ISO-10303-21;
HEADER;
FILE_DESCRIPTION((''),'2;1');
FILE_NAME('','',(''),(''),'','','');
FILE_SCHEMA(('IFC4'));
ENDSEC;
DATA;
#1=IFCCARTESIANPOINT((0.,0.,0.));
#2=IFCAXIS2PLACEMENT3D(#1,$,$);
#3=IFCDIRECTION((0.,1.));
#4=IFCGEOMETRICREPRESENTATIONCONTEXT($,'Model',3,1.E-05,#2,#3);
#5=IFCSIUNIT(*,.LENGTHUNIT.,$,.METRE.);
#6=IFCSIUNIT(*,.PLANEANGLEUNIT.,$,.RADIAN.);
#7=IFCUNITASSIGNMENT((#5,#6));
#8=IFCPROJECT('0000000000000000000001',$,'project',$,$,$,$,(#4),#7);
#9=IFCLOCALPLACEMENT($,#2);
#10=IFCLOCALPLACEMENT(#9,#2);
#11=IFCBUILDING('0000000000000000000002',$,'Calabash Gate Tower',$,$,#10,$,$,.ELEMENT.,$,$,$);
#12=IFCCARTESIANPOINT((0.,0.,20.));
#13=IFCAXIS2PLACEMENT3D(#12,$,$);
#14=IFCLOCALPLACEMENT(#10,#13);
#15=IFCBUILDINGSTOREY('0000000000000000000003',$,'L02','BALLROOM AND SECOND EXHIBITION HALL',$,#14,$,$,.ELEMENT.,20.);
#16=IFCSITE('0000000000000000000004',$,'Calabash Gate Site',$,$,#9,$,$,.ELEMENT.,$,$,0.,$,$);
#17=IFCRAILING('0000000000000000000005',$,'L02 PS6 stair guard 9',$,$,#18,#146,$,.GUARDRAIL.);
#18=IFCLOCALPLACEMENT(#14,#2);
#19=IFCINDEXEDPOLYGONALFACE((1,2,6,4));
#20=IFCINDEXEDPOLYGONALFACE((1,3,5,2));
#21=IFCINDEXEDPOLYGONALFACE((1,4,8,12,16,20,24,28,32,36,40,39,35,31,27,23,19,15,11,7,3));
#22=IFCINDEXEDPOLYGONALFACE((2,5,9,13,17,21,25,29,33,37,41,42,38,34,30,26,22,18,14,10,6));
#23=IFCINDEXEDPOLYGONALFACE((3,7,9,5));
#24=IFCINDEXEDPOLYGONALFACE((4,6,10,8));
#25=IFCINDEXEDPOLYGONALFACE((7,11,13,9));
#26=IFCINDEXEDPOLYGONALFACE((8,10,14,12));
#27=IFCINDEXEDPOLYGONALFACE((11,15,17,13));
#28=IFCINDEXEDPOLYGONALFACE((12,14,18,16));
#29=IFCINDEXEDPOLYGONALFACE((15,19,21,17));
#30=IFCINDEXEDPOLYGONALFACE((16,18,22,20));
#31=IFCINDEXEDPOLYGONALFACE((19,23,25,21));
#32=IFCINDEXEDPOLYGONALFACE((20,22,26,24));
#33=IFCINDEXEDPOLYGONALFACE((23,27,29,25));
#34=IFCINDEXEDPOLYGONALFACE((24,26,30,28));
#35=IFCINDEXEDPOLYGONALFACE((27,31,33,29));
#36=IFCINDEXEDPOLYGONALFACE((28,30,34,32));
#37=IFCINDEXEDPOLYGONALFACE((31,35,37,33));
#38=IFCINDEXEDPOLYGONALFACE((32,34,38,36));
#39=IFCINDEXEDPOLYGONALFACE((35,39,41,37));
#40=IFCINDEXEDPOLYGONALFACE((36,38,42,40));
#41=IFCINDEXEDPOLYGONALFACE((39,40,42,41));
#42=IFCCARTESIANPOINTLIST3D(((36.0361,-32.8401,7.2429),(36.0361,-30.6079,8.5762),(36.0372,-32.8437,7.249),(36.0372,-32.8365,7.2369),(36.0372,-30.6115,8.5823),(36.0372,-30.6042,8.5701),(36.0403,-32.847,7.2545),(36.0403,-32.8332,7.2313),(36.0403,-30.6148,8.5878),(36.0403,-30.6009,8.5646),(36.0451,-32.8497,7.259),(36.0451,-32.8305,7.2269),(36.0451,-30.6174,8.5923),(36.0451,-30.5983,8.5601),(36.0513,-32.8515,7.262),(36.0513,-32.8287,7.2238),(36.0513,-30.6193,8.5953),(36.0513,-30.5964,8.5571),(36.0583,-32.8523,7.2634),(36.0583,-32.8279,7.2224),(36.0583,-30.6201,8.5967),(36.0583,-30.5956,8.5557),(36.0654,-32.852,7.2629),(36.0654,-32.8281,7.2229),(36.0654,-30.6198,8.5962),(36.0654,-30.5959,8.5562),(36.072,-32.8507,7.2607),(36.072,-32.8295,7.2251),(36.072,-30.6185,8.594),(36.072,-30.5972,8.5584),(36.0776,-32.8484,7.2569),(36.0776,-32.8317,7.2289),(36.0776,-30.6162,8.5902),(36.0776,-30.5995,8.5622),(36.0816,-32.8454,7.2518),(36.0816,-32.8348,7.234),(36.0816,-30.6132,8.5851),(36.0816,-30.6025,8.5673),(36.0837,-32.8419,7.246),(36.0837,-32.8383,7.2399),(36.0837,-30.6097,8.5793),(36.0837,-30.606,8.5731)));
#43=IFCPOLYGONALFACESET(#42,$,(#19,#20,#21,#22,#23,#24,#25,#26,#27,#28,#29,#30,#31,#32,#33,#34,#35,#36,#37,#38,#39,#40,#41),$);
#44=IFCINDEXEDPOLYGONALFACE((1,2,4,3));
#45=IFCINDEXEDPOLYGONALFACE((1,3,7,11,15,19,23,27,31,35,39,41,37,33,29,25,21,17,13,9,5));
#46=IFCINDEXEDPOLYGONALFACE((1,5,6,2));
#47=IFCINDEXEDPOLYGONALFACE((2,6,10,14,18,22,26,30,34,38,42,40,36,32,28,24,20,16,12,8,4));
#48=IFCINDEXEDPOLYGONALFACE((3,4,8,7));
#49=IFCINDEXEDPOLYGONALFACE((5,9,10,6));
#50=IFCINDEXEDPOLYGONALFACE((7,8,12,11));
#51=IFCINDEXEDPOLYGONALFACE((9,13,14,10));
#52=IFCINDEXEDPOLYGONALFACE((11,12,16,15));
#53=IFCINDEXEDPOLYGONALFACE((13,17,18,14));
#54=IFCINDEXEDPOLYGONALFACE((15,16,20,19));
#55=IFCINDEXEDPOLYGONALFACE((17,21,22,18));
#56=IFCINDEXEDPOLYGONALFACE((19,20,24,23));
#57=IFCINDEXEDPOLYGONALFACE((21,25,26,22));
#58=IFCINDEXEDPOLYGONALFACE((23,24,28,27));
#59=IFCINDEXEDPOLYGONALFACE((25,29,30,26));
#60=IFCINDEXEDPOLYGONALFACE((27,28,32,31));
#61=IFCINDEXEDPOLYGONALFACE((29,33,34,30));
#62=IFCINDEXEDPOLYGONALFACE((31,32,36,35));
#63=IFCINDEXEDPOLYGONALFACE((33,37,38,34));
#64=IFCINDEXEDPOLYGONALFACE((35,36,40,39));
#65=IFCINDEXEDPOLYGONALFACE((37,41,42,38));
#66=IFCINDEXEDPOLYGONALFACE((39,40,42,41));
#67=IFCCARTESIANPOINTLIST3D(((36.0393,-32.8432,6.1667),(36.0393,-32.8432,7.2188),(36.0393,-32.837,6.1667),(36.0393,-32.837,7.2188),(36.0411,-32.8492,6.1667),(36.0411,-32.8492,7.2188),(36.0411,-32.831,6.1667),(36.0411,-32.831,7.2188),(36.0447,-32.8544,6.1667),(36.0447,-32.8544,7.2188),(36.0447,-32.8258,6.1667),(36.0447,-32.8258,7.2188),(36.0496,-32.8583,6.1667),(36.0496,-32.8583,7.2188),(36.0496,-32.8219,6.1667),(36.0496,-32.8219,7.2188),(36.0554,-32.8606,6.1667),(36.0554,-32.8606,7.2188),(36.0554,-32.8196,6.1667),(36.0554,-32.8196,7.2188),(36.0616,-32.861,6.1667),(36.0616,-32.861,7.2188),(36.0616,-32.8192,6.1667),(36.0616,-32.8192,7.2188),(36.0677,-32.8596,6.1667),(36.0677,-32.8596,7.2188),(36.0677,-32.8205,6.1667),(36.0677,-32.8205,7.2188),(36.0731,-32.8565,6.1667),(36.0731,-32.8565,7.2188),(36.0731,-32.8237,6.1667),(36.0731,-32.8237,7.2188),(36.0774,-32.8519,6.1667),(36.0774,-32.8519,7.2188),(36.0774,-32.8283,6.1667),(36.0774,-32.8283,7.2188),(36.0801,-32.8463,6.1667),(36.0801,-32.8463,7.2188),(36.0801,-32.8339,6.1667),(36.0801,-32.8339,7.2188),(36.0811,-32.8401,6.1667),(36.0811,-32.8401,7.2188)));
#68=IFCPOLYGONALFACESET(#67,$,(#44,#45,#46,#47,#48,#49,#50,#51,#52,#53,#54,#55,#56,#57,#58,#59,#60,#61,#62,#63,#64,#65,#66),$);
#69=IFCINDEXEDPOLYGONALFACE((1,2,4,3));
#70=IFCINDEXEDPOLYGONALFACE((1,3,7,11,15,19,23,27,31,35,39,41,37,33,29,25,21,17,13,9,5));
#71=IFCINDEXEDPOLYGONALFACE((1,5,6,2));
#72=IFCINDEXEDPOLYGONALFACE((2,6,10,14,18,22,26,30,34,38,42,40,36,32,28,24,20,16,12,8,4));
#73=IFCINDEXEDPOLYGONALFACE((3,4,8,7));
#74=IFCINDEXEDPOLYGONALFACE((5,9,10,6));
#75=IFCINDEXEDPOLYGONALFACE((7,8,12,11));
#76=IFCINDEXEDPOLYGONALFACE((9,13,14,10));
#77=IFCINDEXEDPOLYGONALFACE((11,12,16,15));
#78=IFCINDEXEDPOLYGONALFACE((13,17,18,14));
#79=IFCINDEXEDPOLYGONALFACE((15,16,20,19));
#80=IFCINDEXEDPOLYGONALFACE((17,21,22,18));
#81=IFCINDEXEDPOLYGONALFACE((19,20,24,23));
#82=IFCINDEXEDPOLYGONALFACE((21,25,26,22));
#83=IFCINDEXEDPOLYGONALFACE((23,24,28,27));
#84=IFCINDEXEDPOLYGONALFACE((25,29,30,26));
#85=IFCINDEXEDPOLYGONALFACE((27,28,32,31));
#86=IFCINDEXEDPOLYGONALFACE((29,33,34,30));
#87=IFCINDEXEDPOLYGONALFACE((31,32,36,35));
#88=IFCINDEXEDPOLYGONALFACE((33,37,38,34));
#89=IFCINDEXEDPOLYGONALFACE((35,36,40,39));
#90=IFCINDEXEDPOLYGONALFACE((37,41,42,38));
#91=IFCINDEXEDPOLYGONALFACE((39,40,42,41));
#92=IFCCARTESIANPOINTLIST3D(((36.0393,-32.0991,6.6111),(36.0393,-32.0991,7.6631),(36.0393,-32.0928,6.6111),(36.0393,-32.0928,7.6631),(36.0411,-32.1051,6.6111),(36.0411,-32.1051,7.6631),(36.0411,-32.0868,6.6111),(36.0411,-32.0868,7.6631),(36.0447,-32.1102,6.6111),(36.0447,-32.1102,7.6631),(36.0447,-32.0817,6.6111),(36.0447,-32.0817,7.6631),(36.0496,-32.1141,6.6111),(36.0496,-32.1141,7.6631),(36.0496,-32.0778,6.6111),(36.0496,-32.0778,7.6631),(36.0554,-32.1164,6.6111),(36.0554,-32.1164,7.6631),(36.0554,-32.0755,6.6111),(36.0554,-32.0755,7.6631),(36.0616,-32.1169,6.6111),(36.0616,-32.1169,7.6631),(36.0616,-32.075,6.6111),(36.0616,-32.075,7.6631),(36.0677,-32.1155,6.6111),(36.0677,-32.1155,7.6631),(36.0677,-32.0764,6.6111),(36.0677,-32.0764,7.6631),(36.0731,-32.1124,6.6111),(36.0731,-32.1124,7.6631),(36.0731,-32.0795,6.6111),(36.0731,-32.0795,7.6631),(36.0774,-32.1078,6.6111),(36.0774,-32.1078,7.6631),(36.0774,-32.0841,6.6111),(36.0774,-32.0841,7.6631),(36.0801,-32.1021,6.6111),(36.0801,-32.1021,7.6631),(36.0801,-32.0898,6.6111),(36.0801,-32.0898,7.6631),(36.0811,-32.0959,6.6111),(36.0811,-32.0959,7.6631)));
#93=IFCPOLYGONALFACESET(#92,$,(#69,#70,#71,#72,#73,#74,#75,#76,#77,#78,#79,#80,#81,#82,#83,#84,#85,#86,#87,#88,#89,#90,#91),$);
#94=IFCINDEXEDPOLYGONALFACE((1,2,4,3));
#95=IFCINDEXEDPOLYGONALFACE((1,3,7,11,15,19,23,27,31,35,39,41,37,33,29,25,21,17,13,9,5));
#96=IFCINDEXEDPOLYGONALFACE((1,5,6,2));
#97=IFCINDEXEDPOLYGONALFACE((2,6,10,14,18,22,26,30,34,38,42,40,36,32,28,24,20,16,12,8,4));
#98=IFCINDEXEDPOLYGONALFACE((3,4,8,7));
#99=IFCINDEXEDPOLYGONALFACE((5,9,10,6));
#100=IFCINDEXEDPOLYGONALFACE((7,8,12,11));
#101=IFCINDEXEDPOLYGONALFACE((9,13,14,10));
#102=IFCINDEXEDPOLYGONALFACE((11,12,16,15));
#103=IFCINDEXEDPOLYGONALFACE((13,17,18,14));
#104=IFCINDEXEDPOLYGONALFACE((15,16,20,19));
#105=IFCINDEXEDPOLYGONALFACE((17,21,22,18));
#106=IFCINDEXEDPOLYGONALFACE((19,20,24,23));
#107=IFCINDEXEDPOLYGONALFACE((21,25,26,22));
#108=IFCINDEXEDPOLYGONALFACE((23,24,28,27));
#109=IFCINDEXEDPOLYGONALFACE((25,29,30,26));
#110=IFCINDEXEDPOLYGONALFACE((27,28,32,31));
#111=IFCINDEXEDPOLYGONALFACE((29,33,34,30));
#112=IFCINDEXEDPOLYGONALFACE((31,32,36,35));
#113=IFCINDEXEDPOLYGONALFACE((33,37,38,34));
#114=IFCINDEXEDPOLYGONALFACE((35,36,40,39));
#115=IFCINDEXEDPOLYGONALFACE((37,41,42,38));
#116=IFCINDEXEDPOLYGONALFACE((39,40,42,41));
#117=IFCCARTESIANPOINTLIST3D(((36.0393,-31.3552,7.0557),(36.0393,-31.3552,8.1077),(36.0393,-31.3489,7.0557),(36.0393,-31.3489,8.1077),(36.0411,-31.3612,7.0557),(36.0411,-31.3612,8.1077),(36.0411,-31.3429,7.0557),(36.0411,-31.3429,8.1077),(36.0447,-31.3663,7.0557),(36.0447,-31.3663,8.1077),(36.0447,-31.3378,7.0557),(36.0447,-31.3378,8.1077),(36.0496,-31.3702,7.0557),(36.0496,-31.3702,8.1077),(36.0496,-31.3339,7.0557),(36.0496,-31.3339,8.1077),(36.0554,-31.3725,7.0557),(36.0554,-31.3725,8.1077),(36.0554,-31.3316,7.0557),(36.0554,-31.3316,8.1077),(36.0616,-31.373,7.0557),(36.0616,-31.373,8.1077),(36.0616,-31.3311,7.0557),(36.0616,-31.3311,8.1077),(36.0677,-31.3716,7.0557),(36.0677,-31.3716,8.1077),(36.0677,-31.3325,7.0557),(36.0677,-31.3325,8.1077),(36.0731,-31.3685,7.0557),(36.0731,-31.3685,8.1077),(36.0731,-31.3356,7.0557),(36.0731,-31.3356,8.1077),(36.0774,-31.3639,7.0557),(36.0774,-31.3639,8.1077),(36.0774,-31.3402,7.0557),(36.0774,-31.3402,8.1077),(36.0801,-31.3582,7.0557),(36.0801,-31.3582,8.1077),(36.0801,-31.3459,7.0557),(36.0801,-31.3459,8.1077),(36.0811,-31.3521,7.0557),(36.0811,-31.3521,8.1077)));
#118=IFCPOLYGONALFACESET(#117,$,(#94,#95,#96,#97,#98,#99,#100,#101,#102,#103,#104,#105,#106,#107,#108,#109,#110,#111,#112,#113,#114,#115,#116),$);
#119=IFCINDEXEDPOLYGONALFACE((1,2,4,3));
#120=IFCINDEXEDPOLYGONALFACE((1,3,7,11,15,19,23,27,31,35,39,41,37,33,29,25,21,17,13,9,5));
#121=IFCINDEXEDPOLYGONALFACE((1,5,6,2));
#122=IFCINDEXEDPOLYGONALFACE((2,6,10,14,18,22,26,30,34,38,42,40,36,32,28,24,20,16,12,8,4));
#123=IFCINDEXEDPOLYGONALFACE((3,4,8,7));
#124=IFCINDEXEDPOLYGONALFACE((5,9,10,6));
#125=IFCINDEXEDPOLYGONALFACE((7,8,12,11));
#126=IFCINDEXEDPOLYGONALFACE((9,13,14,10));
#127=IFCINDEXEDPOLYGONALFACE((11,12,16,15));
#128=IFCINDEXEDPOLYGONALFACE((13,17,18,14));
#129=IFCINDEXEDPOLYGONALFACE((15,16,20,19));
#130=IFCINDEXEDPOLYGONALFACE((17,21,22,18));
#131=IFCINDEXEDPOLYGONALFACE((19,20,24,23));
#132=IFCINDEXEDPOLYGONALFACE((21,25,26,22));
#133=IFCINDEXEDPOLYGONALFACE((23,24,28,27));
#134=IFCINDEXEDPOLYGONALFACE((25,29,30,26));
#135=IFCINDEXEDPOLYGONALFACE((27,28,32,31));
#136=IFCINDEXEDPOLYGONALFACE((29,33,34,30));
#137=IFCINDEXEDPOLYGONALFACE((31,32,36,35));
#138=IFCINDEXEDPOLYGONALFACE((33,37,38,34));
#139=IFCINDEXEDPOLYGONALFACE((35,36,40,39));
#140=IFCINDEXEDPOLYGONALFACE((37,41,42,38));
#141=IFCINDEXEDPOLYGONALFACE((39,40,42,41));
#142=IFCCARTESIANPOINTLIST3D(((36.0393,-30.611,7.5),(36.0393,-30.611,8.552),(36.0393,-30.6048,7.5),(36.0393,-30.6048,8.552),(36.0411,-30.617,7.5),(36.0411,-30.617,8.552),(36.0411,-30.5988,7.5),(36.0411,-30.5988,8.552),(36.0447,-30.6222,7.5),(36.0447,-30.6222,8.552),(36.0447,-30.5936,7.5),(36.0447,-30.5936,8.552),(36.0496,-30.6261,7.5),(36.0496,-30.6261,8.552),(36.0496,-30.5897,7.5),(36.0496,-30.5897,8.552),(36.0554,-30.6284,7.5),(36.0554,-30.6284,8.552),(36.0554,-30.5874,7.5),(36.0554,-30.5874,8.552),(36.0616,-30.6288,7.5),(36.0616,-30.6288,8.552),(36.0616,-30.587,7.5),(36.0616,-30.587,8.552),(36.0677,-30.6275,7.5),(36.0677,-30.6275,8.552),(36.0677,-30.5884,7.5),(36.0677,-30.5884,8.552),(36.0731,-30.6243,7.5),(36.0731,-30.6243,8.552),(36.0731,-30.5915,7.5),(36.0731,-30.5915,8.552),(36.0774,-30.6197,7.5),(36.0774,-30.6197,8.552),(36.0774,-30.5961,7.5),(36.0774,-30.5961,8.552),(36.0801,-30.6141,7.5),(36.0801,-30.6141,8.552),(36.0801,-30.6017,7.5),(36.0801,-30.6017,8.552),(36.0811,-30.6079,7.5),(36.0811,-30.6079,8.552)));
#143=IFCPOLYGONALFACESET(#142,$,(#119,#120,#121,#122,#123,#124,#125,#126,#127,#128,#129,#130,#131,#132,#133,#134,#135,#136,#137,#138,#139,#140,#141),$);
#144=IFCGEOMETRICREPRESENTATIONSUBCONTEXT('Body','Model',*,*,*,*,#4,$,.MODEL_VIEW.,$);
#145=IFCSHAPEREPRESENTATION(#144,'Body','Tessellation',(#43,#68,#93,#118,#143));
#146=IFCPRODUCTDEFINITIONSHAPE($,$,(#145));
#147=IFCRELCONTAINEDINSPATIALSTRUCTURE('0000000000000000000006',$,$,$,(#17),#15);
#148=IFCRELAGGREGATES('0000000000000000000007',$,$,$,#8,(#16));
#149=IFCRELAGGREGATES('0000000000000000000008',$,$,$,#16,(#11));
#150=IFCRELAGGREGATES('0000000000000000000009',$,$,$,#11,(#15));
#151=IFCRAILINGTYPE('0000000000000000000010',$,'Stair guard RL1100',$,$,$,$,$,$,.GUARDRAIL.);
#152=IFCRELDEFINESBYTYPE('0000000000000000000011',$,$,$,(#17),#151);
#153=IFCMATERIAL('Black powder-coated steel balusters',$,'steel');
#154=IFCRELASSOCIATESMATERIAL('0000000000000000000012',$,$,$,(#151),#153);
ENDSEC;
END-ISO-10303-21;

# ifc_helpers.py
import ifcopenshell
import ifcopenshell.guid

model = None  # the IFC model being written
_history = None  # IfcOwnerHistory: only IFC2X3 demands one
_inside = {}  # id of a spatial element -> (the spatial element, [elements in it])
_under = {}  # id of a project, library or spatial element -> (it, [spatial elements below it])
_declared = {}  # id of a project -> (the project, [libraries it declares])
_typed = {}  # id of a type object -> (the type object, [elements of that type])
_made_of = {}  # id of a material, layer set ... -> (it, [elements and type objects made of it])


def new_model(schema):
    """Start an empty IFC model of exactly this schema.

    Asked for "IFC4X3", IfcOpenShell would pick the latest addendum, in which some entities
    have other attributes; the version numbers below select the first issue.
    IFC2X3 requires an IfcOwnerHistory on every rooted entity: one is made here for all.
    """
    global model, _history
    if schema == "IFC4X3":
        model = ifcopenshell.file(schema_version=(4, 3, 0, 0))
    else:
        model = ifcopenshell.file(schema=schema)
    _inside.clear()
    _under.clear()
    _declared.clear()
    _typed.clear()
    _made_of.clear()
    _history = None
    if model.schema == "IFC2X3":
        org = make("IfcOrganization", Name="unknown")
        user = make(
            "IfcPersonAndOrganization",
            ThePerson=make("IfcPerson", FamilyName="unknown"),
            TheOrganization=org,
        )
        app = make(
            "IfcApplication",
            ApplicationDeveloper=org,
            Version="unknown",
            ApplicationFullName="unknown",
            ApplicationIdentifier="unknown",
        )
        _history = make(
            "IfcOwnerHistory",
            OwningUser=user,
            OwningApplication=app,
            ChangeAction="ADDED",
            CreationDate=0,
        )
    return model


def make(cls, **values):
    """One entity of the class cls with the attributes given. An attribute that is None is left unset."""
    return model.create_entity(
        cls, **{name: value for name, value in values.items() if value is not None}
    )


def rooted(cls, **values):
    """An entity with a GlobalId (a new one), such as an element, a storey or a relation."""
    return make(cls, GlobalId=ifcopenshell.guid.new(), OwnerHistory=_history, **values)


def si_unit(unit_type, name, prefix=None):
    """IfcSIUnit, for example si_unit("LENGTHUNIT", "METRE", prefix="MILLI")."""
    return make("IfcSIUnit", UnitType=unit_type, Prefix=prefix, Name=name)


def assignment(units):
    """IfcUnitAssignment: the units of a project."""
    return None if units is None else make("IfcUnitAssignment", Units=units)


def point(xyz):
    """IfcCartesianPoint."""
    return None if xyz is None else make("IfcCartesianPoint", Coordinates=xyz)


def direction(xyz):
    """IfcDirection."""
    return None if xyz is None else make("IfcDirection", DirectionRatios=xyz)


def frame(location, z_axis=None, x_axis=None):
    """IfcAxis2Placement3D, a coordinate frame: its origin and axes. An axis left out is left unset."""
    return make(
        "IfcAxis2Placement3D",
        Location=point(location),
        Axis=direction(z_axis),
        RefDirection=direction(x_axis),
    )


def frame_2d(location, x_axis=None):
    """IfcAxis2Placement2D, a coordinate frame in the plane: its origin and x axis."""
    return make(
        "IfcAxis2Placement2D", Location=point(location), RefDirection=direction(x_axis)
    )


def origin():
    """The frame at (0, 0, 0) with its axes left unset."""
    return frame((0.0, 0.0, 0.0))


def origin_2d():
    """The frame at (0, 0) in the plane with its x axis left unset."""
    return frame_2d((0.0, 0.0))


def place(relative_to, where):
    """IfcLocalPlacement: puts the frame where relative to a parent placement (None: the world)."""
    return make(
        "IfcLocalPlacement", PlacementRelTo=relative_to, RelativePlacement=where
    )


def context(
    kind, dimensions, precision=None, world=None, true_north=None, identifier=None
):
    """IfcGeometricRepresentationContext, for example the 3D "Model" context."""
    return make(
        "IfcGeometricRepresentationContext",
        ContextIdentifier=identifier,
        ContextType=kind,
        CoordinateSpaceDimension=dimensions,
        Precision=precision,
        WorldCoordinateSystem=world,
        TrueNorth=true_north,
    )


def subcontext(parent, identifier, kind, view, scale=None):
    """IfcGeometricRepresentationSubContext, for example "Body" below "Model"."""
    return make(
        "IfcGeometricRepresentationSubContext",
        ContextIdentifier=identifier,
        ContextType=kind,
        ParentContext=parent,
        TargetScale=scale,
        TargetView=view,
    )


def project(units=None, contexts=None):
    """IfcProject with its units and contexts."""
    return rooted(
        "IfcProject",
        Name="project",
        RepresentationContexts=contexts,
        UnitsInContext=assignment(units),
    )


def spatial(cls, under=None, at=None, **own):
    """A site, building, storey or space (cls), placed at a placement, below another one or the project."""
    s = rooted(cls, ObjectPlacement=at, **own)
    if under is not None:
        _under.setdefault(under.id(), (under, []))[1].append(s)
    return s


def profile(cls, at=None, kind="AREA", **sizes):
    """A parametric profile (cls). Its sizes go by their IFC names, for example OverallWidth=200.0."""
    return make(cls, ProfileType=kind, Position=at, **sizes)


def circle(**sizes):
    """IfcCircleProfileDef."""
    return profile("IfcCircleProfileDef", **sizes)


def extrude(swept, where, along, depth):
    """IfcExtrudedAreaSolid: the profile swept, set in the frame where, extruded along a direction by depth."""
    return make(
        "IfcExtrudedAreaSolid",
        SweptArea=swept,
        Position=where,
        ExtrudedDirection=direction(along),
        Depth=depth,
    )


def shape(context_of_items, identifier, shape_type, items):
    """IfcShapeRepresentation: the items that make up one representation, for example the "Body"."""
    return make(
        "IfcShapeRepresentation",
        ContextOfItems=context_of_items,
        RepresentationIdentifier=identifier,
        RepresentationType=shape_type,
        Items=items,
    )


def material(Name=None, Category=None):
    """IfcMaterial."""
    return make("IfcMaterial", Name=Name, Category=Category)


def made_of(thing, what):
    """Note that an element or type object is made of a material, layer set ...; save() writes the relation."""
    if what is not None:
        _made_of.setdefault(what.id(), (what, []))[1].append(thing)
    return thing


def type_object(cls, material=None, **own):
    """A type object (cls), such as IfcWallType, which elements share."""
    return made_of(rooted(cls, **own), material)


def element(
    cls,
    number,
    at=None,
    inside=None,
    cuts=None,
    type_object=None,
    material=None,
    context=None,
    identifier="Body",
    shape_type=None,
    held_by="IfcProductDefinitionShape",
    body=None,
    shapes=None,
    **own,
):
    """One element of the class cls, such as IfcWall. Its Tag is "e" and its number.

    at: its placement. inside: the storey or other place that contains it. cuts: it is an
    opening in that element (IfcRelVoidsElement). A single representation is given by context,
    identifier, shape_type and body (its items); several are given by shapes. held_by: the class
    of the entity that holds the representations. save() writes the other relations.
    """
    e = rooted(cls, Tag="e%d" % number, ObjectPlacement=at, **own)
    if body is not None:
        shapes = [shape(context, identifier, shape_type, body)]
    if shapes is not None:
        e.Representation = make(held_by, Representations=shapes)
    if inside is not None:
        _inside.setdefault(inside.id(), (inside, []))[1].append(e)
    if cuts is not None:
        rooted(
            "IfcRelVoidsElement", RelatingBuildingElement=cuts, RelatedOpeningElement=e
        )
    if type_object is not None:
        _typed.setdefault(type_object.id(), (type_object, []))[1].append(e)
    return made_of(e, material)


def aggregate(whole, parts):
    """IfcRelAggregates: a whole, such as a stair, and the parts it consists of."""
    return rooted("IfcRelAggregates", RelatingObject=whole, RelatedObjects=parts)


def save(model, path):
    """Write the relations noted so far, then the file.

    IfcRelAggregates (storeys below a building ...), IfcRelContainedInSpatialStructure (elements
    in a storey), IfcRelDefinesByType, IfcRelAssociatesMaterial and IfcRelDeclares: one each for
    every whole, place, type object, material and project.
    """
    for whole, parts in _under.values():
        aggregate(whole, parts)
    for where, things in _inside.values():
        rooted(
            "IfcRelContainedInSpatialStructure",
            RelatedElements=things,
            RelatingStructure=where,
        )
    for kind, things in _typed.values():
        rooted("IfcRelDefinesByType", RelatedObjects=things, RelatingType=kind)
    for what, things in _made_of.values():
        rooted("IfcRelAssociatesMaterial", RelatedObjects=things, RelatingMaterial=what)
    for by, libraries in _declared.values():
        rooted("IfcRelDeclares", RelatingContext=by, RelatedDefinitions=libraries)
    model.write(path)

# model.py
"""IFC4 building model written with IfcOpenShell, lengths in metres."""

from ifc_helpers import new_model, si_unit, direction, frame, origin, origin_2d, place, context, subcontext, project, spatial, circle, extrude, material, type_object, element, save


model = new_model("IFC4")

# Units and contexts
model_context = context("Model", 3, precision=1e-05, world=origin(), true_north=direction((0.0, 1.0)))
body_context = subcontext(model_context, "Body", "Model", "MODEL_VIEW")
ifc_project = project(units=[si_unit("LENGTHUNIT", "METRE"), si_unit("PLANEANGLEUNIT", "RADIAN")], contexts=[model_context])

# Site, building, storey
site_placement = place(None, origin())
site = spatial("IfcSite", under=ifc_project, at=site_placement, Name="Calabash Gate Site", CompositionType="ELEMENT", RefElevation=0.0)
building_placement = place(site_placement, origin())
building = spatial("IfcBuilding", under=site, at=building_placement, Name="Calabash Gate Tower", CompositionType="ELEMENT")
storey_placement = place(building_placement, frame((0.0, 0.0, 20.0)))
storey = spatial("IfcBuildingStorey", under=building, at=storey_placement, Name="L02", Description="BALLROOM AND SECOND EXHIBITION HALL", CompositionType="ELEMENT", Elevation=20.0)

# Railing
ifc_material_1 = material(Name="Black powder-coated steel balusters", Category="steel")
railing_type_1 = type_object("IfcRailingType", Name="Stair guard RL1100", PredefinedType="GUARDRAIL", material=ifc_material_1)
railing_1_placement = place(storey_placement, frame((36.0601, -32.8401, 6.1667)))
element("IfcRailing", 1, at=railing_1_placement, inside=storey, type_object=railing_type_1, Name="L02 PS6 stair guard 9", PredefinedType="GUARDRAIL", context=body_context, shape_type="SweptSolid", body=[
    extrude(circle(Radius=0.0239, at=origin_2d()), frame((0.0, 0.0, 1.0762), z_axis=(0.0, 0.858519, 0.512782), x_axis=(-1.0, 0.0, 0.0)), (0.0, 0.0, 1.0), 2.6001),
    extrude(circle(Radius=0.021, at=origin_2d()), origin(), (0.0, 0.0, 1.0), 1.052),
    extrude(circle(Radius=0.021, at=origin_2d()), frame((0.0, 0.7441, 0.4443)), (0.0, 0.0, 1.0), 1.052),
    extrude(circle(Radius=0.021, at=origin_2d()), frame((0.0, 1.488, 0.8889)), (0.0, 0.0, 1.0), 1.052),
    extrude(circle(Radius=0.021, at=origin_2d()), frame((0.0, 2.2322, 1.3333)), (0.0, 0.0, 1.0), 1.052),
])

save(model, "model.ifc")
